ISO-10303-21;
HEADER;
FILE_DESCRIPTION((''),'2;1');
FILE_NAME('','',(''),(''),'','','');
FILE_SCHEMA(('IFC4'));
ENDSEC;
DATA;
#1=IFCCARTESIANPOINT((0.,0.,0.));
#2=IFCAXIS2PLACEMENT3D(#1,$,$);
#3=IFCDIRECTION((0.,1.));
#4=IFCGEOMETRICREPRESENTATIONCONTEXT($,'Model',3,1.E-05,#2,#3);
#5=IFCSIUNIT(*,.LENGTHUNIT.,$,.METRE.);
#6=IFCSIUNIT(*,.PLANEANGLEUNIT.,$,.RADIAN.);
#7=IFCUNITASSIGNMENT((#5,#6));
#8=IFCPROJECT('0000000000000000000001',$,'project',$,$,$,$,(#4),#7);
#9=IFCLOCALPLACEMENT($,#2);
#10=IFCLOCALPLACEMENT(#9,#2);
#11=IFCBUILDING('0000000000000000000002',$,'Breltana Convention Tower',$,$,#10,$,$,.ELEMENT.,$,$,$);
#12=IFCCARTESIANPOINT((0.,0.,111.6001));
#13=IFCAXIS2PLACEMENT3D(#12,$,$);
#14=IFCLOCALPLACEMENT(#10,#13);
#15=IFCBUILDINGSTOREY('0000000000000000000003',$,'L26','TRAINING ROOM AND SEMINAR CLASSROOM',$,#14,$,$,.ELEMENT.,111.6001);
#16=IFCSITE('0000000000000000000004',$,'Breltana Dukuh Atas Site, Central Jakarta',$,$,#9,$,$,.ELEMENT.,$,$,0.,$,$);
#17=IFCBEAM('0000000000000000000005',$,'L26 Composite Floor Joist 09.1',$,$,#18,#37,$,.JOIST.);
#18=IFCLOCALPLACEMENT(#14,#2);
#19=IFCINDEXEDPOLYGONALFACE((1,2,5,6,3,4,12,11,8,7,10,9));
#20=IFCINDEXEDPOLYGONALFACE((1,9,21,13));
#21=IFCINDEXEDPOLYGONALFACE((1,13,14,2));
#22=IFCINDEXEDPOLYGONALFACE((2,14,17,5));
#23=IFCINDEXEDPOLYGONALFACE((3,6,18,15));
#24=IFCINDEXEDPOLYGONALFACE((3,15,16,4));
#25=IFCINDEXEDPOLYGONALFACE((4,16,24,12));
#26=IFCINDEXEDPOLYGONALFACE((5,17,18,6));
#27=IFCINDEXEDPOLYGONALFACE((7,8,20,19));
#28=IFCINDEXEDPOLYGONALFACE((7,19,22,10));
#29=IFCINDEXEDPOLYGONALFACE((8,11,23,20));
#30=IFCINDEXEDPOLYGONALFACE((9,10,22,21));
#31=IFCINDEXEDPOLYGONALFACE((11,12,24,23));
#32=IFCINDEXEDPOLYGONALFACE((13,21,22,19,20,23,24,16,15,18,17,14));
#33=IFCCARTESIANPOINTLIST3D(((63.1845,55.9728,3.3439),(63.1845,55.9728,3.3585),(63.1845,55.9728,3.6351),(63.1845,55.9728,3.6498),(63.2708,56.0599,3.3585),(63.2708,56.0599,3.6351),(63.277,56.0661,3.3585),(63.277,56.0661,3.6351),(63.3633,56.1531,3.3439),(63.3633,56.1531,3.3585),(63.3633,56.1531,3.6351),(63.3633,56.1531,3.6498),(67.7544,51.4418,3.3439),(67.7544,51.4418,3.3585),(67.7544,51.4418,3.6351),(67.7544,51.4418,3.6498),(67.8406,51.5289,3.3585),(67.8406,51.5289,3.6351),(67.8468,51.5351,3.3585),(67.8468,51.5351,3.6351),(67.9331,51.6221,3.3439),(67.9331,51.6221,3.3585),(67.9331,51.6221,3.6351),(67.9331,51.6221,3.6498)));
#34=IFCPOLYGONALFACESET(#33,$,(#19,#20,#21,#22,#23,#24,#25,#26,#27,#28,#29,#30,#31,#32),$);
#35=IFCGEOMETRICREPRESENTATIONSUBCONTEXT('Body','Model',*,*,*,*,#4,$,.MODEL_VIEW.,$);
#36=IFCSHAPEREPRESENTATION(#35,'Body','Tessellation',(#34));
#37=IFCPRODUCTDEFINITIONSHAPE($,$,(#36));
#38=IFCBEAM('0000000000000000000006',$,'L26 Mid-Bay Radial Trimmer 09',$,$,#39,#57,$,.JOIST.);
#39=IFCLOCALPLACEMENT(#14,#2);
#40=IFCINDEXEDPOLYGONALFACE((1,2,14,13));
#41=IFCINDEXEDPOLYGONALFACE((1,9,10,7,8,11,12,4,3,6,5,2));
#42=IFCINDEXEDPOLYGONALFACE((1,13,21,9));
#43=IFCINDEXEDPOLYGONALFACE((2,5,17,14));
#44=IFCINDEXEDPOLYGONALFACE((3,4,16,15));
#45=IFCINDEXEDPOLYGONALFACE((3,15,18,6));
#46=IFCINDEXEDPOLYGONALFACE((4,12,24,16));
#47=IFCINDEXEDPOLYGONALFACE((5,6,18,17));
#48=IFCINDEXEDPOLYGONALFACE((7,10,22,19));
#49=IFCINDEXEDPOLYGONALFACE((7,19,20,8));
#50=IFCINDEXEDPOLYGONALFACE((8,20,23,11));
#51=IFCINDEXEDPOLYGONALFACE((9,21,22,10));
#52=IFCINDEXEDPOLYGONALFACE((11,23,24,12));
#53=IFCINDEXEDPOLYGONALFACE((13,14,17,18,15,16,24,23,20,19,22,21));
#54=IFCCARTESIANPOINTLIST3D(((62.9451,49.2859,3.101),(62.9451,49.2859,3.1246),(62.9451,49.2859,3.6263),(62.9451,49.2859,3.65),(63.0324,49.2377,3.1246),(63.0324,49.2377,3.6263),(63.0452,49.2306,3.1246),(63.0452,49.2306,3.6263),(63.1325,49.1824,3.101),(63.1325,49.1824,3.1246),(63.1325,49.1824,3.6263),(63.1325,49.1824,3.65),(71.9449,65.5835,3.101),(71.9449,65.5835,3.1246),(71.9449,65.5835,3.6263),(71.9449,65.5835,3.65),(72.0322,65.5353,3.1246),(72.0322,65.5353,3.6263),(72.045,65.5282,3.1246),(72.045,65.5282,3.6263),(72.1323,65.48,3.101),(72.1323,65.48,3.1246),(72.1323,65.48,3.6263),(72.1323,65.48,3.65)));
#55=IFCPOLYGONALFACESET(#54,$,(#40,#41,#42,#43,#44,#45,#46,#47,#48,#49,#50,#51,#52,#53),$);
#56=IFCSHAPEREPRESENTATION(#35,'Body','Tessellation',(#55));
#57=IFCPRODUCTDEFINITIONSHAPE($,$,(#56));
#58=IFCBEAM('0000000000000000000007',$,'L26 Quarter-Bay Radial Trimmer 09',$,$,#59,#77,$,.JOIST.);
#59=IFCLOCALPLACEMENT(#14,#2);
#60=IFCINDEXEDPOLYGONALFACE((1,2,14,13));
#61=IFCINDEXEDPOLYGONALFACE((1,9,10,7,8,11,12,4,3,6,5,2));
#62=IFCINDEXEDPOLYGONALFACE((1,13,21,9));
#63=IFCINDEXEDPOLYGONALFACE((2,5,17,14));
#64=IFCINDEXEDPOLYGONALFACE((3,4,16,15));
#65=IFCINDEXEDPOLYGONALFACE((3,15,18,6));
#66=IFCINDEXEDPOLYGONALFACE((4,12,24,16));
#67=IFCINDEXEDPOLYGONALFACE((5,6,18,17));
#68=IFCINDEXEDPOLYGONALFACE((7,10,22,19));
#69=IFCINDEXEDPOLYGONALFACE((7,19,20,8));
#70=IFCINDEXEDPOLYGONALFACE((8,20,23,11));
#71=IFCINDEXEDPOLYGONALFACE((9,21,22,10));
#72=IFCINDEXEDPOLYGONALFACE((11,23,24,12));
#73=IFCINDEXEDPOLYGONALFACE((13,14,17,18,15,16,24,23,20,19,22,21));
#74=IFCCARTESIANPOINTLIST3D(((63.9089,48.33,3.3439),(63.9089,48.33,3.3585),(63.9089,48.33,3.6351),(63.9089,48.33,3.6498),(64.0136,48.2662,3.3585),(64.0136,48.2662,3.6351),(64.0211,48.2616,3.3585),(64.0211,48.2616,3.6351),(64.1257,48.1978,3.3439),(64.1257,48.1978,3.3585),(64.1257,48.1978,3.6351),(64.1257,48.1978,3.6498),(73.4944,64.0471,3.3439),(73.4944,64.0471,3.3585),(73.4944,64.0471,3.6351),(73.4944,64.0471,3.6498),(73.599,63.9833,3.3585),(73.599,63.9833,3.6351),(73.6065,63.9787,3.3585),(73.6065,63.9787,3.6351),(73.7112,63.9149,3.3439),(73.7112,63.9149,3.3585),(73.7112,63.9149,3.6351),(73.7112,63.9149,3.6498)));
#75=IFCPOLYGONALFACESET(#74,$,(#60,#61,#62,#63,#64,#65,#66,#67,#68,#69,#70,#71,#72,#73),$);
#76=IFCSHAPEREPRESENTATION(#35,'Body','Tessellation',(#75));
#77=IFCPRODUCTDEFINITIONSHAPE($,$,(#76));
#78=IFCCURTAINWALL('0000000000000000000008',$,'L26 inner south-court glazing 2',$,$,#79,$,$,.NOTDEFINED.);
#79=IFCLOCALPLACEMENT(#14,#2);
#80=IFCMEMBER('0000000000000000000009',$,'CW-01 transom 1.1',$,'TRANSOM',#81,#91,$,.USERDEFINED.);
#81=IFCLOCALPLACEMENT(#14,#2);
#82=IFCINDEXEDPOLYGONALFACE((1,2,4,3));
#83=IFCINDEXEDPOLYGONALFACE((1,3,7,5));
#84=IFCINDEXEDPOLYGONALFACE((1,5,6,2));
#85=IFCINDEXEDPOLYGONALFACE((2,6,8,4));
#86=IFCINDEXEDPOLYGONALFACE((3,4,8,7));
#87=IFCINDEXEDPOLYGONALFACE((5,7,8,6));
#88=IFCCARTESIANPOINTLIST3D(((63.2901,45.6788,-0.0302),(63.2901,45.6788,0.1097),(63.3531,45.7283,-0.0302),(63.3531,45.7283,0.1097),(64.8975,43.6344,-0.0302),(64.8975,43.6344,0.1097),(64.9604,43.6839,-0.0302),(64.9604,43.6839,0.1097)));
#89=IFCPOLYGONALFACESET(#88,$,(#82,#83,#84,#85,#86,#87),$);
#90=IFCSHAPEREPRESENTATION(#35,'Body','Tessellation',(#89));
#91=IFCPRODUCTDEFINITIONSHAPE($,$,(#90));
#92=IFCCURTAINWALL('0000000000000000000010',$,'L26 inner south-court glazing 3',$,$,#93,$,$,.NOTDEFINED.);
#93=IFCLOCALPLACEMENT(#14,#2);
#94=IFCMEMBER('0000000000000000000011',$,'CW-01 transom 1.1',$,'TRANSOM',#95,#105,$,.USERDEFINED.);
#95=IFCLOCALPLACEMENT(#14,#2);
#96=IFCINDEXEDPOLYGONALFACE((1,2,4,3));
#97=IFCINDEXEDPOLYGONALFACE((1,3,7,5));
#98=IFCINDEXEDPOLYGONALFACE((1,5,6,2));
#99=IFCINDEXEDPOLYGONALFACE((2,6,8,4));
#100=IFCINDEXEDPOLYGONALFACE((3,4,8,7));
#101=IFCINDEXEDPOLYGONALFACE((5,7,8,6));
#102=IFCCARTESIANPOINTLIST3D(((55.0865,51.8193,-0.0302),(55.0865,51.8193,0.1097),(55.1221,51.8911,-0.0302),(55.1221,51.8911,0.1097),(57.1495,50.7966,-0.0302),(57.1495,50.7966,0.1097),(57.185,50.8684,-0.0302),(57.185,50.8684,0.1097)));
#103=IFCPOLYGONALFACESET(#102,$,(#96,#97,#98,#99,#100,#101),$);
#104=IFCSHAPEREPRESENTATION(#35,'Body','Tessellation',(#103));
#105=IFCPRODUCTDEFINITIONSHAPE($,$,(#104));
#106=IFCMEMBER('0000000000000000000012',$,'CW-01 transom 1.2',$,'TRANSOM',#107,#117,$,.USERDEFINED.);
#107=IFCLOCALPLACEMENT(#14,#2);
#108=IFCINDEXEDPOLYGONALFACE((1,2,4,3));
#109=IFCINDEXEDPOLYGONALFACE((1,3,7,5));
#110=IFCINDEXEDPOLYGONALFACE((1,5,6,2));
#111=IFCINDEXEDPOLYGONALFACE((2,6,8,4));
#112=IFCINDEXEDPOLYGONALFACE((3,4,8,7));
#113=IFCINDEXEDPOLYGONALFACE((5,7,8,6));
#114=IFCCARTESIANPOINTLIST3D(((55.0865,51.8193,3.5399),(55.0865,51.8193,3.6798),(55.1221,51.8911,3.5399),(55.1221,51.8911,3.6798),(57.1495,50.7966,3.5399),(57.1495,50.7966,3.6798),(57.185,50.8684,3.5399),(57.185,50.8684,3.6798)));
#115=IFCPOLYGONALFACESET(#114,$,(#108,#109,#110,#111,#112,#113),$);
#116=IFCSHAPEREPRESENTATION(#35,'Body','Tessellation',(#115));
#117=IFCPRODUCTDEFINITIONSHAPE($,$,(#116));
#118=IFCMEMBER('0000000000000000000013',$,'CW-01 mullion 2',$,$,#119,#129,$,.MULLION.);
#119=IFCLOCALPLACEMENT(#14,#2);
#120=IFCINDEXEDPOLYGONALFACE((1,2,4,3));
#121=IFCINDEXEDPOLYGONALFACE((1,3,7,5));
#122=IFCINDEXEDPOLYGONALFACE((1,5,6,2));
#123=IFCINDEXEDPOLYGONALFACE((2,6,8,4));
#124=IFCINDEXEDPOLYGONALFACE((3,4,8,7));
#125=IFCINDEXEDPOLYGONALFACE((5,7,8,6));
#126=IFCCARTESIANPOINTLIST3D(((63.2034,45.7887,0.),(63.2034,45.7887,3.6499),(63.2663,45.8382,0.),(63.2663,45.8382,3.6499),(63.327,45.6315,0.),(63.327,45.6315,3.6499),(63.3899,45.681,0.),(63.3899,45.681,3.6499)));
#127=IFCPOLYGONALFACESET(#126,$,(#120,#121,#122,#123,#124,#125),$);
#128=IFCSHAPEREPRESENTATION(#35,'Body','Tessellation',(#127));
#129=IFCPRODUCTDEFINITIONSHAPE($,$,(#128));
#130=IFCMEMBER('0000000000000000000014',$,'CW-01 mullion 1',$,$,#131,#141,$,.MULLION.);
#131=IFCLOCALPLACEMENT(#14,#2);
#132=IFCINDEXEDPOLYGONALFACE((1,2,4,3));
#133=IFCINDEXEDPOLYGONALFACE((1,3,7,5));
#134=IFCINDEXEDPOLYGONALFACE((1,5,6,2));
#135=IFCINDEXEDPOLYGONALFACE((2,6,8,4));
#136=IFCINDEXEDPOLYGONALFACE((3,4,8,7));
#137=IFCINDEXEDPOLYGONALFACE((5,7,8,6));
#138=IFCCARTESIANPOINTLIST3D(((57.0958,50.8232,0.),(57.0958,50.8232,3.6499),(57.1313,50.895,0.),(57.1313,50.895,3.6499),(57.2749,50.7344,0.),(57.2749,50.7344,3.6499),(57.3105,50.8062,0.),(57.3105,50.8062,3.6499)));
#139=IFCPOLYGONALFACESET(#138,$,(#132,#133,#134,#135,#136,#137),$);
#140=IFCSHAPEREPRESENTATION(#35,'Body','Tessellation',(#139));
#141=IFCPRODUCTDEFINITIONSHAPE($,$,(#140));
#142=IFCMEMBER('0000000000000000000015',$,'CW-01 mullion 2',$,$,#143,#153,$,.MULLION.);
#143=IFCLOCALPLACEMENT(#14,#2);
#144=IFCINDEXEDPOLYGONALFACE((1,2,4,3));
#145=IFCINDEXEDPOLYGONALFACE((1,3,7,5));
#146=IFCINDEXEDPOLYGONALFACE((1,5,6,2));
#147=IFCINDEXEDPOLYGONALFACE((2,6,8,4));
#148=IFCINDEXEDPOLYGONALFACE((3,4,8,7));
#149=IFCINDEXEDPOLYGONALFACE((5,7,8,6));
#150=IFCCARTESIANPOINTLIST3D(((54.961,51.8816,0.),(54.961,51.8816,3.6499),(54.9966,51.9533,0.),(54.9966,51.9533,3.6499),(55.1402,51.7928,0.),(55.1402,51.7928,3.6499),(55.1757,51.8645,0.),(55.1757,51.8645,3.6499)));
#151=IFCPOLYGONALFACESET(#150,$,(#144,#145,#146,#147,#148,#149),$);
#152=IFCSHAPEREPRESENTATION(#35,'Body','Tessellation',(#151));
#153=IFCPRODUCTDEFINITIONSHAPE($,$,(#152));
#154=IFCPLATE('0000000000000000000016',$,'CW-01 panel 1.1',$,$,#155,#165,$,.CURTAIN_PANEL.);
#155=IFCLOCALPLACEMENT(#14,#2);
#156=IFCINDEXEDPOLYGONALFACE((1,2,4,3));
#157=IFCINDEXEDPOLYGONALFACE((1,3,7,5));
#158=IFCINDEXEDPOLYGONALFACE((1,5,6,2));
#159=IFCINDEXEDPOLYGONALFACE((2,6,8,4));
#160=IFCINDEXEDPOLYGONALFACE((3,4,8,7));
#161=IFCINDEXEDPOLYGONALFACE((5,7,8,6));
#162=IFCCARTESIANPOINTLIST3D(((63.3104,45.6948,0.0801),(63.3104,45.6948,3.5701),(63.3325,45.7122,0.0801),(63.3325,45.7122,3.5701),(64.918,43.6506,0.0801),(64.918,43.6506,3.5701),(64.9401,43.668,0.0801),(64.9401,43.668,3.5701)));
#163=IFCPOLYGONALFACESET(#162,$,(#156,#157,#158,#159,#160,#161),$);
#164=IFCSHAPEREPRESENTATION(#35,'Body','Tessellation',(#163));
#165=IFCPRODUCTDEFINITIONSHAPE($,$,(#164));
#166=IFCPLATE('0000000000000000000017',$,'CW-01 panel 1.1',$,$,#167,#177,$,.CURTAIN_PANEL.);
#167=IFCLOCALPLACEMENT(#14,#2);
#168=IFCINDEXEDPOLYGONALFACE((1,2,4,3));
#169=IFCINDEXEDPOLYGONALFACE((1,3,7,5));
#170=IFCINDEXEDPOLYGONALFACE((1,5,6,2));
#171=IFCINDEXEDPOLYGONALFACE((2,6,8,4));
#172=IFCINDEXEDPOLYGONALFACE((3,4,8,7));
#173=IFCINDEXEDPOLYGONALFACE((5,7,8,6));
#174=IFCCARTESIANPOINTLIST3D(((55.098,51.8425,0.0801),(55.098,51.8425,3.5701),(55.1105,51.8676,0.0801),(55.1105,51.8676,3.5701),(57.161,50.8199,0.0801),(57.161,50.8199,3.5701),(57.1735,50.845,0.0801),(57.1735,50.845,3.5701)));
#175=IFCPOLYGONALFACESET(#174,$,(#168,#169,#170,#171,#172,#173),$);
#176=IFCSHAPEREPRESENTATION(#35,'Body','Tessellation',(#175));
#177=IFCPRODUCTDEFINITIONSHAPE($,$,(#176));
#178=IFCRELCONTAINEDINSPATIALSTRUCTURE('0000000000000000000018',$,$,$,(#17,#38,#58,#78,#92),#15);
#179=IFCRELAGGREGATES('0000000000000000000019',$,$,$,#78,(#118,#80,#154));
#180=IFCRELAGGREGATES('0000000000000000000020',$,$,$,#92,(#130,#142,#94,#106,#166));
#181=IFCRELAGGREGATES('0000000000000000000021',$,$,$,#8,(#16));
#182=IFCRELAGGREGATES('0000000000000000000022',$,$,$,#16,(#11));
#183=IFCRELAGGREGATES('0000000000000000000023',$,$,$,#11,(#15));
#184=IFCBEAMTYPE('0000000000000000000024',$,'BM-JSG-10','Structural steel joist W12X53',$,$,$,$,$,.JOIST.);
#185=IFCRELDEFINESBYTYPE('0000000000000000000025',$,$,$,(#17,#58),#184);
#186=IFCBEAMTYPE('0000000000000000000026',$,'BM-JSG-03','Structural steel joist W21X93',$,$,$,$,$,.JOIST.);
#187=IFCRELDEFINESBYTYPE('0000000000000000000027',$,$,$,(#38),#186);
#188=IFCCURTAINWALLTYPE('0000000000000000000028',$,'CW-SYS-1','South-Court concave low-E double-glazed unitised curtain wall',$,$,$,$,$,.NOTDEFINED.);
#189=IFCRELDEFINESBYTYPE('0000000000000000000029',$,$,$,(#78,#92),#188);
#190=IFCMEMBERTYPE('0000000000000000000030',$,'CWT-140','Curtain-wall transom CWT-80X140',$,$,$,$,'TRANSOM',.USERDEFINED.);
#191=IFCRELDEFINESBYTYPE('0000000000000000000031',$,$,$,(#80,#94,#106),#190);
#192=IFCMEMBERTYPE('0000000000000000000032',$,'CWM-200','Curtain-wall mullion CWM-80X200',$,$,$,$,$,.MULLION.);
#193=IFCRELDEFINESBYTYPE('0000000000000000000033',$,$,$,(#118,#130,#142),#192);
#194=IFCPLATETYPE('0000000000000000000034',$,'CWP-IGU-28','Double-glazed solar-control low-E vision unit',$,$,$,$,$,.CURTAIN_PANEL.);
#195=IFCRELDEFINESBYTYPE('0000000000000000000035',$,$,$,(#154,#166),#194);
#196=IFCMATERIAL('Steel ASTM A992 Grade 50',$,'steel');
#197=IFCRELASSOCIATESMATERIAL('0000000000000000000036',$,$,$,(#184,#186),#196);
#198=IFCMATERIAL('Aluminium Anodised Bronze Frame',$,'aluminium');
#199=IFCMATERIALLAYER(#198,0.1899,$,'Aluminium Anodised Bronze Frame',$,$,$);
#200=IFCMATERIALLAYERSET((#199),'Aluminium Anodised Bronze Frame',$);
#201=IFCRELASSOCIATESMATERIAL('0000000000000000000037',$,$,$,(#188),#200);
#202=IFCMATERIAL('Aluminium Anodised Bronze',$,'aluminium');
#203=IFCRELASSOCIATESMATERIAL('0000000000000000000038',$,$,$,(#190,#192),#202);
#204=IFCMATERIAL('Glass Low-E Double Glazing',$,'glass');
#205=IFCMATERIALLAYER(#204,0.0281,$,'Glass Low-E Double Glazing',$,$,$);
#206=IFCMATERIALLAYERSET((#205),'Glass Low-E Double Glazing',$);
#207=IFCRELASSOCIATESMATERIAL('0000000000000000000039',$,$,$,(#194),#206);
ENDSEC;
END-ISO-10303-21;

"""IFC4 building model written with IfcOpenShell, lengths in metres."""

from ifc_helpers import new_model, si_unit, direction, frame, origin, origin_2d, place, context, subcontext, project, spatial, rectangle, i_section, extrude, source, transform, mapped, material, layer, layer_set, material_profile, profile_set, type_object, element, aggregate, save


model = new_model("IFC4")

# Units and contexts
model_context = context("Model", 3, precision=1e-05, world=origin(), true_north=direction((0.0, 1.0)))
body_context = subcontext(model_context, "Body", "Model", "MODEL_VIEW")
ifc_project = project(units=[si_unit("LENGTHUNIT", "METRE"), si_unit("PLANEANGLEUNIT", "RADIAN")], contexts=[model_context])

# Site, building, storey
site_placement = place(None, origin())
site = spatial("IfcSite", under=ifc_project, at=site_placement, Name="Breltana Dukuh Atas Site, Central Jakarta", CompositionType="ELEMENT", RefElevation=0.0)
building_placement = place(site_placement, origin())
building = spatial("IfcBuilding", under=site, at=building_placement, Name="Breltana Convention Tower", CompositionType="ELEMENT")
storey_placement = place(building_placement, frame((0.0, 0.0, 111.6001)))
storey = spatial("IfcBuildingStorey", under=building, at=storey_placement, Name="L26", Description="TRAINING ROOM AND SEMINAR CLASSROOM", CompositionType="ELEMENT", Elevation=111.6001)

# Beams
ifc_material_1 = material(Name="Steel ASTM A992 Grade 50", Category="steel")
ifc_material_profile_1 = material_profile(ifc_material_1, i_section(OverallWidth=0.2539, OverallDepth=0.3059, WebThickness=0.0088, FlangeThickness=0.0146, at=origin_2d()), Name="W12X53")
ifc_profile_set_1 = profile_set([ifc_material_profile_1], Name="Steel ASTM A992 Grade 50")
beam_type_1 = type_object("IfcBeamType", Name="BM-JSG-10", Description="Structural steel joist W12X53", PredefinedType="JOIST", material=ifc_profile_set_1)
shared_shape_1 = source(origin(), body_context, "Body", "SweptSolid", [
    extrude(i_section(OverallWidth=0.2539, OverallDepth=0.3059, WebThickness=0.0088, FlangeThickness=0.0146, at=origin_2d()), origin(), (0.0, 0.0, 1.0), 6.4353),
])
beam_1_placement = place(storey_placement, frame((63.2739, 56.063, 3.4968), z_axis=(0.710116, -0.704084, 0.0), x_axis=(0.704084, 0.710116, 0.0)))
element("IfcBeam", 1, at=beam_1_placement, inside=storey, type_object=beam_type_1, Name="L26 Composite Floor Joist 09.1", PredefinedType="JOIST", context=body_context, shape_type="MappedRepresentation", body=[
    mapped(shared_shape_1, transform((0.0, 0.0, 0.0), scale=1.0)),
])
ifc_material_profile_2 = material_profile(ifc_material_1, i_section(OverallWidth=0.2141, OverallDepth=0.5491, WebThickness=0.0146, FlangeThickness=0.0237, at=origin_2d()), Name="W21X93")
ifc_profile_set_2 = profile_set([ifc_material_profile_2], Name="Steel ASTM A992 Grade 50")
beam_type_2 = type_object("IfcBeamType", Name="BM-JSG-03", Description="Structural steel joist W21X93", PredefinedType="JOIST", material=ifc_profile_set_2)
shared_shape_2 = source(origin(), body_context, "Body", "SweptSolid", [
    extrude(i_section(OverallWidth=0.2141, OverallDepth=0.5491, WebThickness=0.0146, FlangeThickness=0.0237, at=origin_2d()), origin(), (0.0, 0.0, 1.0), 18.6174),
])
beam_2_placement = place(storey_placement, frame((63.0388, 49.2341, 3.3755), z_axis=(0.483406, 0.875396, 0.0), x_axis=(-0.875396, 0.483406, 0.0)))
element("IfcBeam", 2, at=beam_2_placement, inside=storey, type_object=beam_type_2, Name="L26 Mid-Bay Radial Trimmer 09", PredefinedType="JOIST", context=body_context, shape_type="MappedRepresentation", body=[
    mapped(shared_shape_2, transform((0.0, 0.0, 0.0), scale=1.0)),
])
shared_shape_3 = source(origin(), body_context, "Body", "SweptSolid", [
    extrude(i_section(OverallWidth=0.2539, OverallDepth=0.3059, WebThickness=0.0088, FlangeThickness=0.0146, at=origin_2d()), origin(), (0.0, 0.0, 1.0), 18.4094),
])
beam_3_placement = place(storey_placement, frame((64.0173, 48.2639, 3.4968), z_axis=(0.520682, 0.853751, 0.0), x_axis=(-0.853751, 0.520682, 0.0)))
element("IfcBeam", 3, at=beam_3_placement, inside=storey, type_object=beam_type_1, Name="L26 Quarter-Bay Radial Trimmer 09", PredefinedType="JOIST", context=body_context, shape_type="MappedRepresentation", body=[
    mapped(shared_shape_3, transform((0.0, 0.0, 0.0), scale=1.0)),
])

# Curtain wall, member
ifc_material_2 = material(Name="Aluminium Anodised Bronze Frame", Category="aluminium")
ifc_layer_1 = layer(ifc_material_2, 0.1899, Name="Aluminium Anodised Bronze Frame")
ifc_layer_set_1 = layer_set([ifc_layer_1], Name="Aluminium Anodised Bronze Frame")
curtain_wall_type = type_object("IfcCurtainWallType", Name="CW-SYS-1", Description="South-Court concave low-E double-glazed unitised curtain wall", PredefinedType="NOTDEFINED", material=ifc_layer_set_1)
curtain_wall_1_placement = place(storey_placement, origin())
curtain_wall_1 = element("IfcCurtainWall", 4, at=curtain_wall_1_placement, inside=storey, type_object=curtain_wall_type, Name="L26 inner south-court glazing 2", PredefinedType="NOTDEFINED")
ifc_material_3 = material(Name="Aluminium Anodised Bronze", Category="aluminium")
ifc_material_profile_3 = material_profile(ifc_material_3, rectangle(XDim=0.0801, YDim=0.1399, at=origin_2d()), Name="CWT-80X140")
ifc_profile_set_3 = profile_set([ifc_material_profile_3], Name="Aluminium Anodised Bronze")
member_type_1 = type_object("IfcMemberType", Name="CWT-140", Description="Curtain-wall transom CWT-80X140", ElementType="TRANSOM", PredefinedType="USERDEFINED", material=ifc_profile_set_3)
shared_shape_4 = source(origin(), body_context, "Body", "SweptSolid", [
    extrude(rectangle(XDim=0.0801, YDim=0.1399, at=origin_2d()), origin(), (0.0, 0.0, 1.0), 2.6006),
])
member_1_placement = place(storey_placement, frame((64.929, 43.6592, 0.0398), z_axis=(-0.618079, 0.786116, 0.0), x_axis=(-0.786116, -0.618079, 0.0)))
member_1 = element("IfcMember", 5, at=member_1_placement, type_object=member_type_1, Name="CW-01 transom 1.1", ObjectType="TRANSOM", PredefinedType="USERDEFINED", context=body_context, shape_type="MappedRepresentation", body=[
    mapped(shared_shape_4, transform((0.0, 0.0, 0.0), scale=1.0)),
])

# Curtain wall, members
curtain_wall_2_placement = place(storey_placement, origin())
curtain_wall_2 = element("IfcCurtainWall", 6, at=curtain_wall_2_placement, inside=storey, type_object=curtain_wall_type, Name="L26 inner south-court glazing 3", PredefinedType="NOTDEFINED")
shared_shape_5 = source(origin(), body_context, "Body", "SweptSolid", [
    extrude(rectangle(XDim=0.0801, YDim=0.1399, at=origin_2d()), origin(), (0.0, 0.0, 1.0), 2.3025),
])
member_2_placement = place(storey_placement, frame((57.1672, 50.8325, 0.0398), z_axis=(-0.895949, 0.444157, 0.0), x_axis=(-0.444157, -0.895949, 0.0)))
member_2 = element("IfcMember", 7, at=member_2_placement, type_object=member_type_1, Name="CW-01 transom 1.1", ObjectType="TRANSOM", PredefinedType="USERDEFINED", context=body_context, shape_type="MappedRepresentation", body=[
    mapped(shared_shape_5, transform((0.0, 0.0, 0.0), scale=1.0)),
])
member_3_placement = place(storey_placement, frame((57.1672, 50.8325, 3.6099), z_axis=(-0.895949, 0.444157, 0.0), x_axis=(-0.444157, -0.895949, 0.0)))
member_3 = element("IfcMember", 8, at=member_3_placement, type_object=member_type_1, Name="CW-01 transom 1.2", ObjectType="TRANSOM", PredefinedType="USERDEFINED", context=body_context, shape_type="MappedRepresentation", body=[
    mapped(shared_shape_5, transform((0.0, 0.0, 0.0), scale=1.0)),
])

# Members
ifc_material_profile_4 = material_profile(ifc_material_3, rectangle(XDim=0.0801, YDim=0.2, at=origin_2d()), Name="CWM-80X200")
ifc_profile_set_4 = profile_set([ifc_material_profile_4], Name="Aluminium Anodised Bronze")
member_type_2 = type_object("IfcMemberType", Name="CWM-200", Description="Curtain-wall mullion CWM-80X200", PredefinedType="MULLION", material=ifc_profile_set_4)
shared_shape_6 = source(origin(), body_context, "Body", "SweptSolid", [
    extrude(rectangle(XDim=0.0801, YDim=0.2, at=origin_2d()), origin(), (0.0, 0.0, 1.0), 3.6499),
])
member_4_placement = place(storey_placement, frame((63.2966, 45.7349, 0.0), z_axis=(0.0, 0.0, 1.0), x_axis=(-0.786054, -0.618157, 0.0)))
member_4 = element("IfcMember", 9, at=member_4_placement, type_object=member_type_2, Name="CW-01 mullion 2", PredefinedType="MULLION", context=body_context, shape_type="MappedRepresentation", body=[
    mapped(shared_shape_6, transform((0.0, 0.0, 0.0), scale=1.0)),
])
member_5_placement = place(storey_placement, frame((57.2031, 50.8147, 0.0), z_axis=(0.0, 0.0, 1.0), x_axis=(-0.444125, -0.895965, 0.0)))
member_5 = element("IfcMember", 10, at=member_5_placement, type_object=member_type_2, Name="CW-01 mullion 1", PredefinedType="MULLION", context=body_context, shape_type="MappedRepresentation", body=[
    mapped(shared_shape_6, transform((0.0, 0.0, 0.0), scale=1.0)),
])
member_6_placement = place(storey_placement, frame((55.0684, 51.873, 0.0), z_axis=(0.0, 0.0, 1.0), x_axis=(-0.444125, -0.895965, 0.0)))
member_6 = element("IfcMember", 11, at=member_6_placement, type_object=member_type_2, Name="CW-01 mullion 2", PredefinedType="MULLION", context=body_context, shape_type="MappedRepresentation", body=[
    mapped(shared_shape_6, transform((0.0, 0.0, 0.0), scale=1.0)),
])

# Plates
ifc_material_4 = material(Name="Glass Low-E Double Glazing", Category="glass")
ifc_layer_2 = layer(ifc_material_4, 0.0281, Name="Glass Low-E Double Glazing")
ifc_layer_set_2 = layer_set([ifc_layer_2], Name="Glass Low-E Double Glazing")
plate_type = type_object("IfcPlateType", Name="CWP-IGU-28", Description="Double-glazed solar-control low-E vision unit", PredefinedType="CURTAIN_PANEL", material=ifc_layer_set_2)
shared_shape_7 = source(origin(), body_context, "Body", "SweptSolid", [
    extrude(rectangle(XDim=2.6006, YDim=0.0281, at=origin_2d()), origin(), (0.0, 0.0, 1.0), 3.49),
])
plate_1_placement = place(storey_placement, frame((64.1252, 44.6814, 0.0801), z_axis=(0.0, 0.0, 1.0), x_axis=(-0.618157, 0.786054, 0.0)))
plate_1 = element("IfcPlate", 12, at=plate_1_placement, type_object=plate_type, Name="CW-01 panel 1.1", PredefinedType="CURTAIN_PANEL", context=body_context, shape_type="MappedRepresentation", body=[
    mapped(shared_shape_7, transform((0.0, 0.0, 0.0), scale=1.0)),
])
aggregate(curtain_wall_1, [member_4, member_1, plate_1])
shared_shape_8 = source(origin(), body_context, "Body", "SweptSolid", [
    extrude(rectangle(XDim=2.3025, YDim=0.0281, at=origin_2d()), origin(), (0.0, 0.0, 1.0), 3.49),
])
plate_2_placement = place(storey_placement, frame((56.1357, 51.3438, 0.0801), z_axis=(0.0, 0.0, 1.0), x_axis=(-0.895965, 0.444125, 0.0)))
plate_2 = element("IfcPlate", 13, at=plate_2_placement, type_object=plate_type, Name="CW-01 panel 1.1", PredefinedType="CURTAIN_PANEL", context=body_context, shape_type="MappedRepresentation", body=[
    mapped(shared_shape_8, transform((0.0, 0.0, 0.0), scale=1.0)),
])
aggregate(curtain_wall_2, [member_5, member_6, member_2, member_3, plate_2])

save(model, "model.ifc")
